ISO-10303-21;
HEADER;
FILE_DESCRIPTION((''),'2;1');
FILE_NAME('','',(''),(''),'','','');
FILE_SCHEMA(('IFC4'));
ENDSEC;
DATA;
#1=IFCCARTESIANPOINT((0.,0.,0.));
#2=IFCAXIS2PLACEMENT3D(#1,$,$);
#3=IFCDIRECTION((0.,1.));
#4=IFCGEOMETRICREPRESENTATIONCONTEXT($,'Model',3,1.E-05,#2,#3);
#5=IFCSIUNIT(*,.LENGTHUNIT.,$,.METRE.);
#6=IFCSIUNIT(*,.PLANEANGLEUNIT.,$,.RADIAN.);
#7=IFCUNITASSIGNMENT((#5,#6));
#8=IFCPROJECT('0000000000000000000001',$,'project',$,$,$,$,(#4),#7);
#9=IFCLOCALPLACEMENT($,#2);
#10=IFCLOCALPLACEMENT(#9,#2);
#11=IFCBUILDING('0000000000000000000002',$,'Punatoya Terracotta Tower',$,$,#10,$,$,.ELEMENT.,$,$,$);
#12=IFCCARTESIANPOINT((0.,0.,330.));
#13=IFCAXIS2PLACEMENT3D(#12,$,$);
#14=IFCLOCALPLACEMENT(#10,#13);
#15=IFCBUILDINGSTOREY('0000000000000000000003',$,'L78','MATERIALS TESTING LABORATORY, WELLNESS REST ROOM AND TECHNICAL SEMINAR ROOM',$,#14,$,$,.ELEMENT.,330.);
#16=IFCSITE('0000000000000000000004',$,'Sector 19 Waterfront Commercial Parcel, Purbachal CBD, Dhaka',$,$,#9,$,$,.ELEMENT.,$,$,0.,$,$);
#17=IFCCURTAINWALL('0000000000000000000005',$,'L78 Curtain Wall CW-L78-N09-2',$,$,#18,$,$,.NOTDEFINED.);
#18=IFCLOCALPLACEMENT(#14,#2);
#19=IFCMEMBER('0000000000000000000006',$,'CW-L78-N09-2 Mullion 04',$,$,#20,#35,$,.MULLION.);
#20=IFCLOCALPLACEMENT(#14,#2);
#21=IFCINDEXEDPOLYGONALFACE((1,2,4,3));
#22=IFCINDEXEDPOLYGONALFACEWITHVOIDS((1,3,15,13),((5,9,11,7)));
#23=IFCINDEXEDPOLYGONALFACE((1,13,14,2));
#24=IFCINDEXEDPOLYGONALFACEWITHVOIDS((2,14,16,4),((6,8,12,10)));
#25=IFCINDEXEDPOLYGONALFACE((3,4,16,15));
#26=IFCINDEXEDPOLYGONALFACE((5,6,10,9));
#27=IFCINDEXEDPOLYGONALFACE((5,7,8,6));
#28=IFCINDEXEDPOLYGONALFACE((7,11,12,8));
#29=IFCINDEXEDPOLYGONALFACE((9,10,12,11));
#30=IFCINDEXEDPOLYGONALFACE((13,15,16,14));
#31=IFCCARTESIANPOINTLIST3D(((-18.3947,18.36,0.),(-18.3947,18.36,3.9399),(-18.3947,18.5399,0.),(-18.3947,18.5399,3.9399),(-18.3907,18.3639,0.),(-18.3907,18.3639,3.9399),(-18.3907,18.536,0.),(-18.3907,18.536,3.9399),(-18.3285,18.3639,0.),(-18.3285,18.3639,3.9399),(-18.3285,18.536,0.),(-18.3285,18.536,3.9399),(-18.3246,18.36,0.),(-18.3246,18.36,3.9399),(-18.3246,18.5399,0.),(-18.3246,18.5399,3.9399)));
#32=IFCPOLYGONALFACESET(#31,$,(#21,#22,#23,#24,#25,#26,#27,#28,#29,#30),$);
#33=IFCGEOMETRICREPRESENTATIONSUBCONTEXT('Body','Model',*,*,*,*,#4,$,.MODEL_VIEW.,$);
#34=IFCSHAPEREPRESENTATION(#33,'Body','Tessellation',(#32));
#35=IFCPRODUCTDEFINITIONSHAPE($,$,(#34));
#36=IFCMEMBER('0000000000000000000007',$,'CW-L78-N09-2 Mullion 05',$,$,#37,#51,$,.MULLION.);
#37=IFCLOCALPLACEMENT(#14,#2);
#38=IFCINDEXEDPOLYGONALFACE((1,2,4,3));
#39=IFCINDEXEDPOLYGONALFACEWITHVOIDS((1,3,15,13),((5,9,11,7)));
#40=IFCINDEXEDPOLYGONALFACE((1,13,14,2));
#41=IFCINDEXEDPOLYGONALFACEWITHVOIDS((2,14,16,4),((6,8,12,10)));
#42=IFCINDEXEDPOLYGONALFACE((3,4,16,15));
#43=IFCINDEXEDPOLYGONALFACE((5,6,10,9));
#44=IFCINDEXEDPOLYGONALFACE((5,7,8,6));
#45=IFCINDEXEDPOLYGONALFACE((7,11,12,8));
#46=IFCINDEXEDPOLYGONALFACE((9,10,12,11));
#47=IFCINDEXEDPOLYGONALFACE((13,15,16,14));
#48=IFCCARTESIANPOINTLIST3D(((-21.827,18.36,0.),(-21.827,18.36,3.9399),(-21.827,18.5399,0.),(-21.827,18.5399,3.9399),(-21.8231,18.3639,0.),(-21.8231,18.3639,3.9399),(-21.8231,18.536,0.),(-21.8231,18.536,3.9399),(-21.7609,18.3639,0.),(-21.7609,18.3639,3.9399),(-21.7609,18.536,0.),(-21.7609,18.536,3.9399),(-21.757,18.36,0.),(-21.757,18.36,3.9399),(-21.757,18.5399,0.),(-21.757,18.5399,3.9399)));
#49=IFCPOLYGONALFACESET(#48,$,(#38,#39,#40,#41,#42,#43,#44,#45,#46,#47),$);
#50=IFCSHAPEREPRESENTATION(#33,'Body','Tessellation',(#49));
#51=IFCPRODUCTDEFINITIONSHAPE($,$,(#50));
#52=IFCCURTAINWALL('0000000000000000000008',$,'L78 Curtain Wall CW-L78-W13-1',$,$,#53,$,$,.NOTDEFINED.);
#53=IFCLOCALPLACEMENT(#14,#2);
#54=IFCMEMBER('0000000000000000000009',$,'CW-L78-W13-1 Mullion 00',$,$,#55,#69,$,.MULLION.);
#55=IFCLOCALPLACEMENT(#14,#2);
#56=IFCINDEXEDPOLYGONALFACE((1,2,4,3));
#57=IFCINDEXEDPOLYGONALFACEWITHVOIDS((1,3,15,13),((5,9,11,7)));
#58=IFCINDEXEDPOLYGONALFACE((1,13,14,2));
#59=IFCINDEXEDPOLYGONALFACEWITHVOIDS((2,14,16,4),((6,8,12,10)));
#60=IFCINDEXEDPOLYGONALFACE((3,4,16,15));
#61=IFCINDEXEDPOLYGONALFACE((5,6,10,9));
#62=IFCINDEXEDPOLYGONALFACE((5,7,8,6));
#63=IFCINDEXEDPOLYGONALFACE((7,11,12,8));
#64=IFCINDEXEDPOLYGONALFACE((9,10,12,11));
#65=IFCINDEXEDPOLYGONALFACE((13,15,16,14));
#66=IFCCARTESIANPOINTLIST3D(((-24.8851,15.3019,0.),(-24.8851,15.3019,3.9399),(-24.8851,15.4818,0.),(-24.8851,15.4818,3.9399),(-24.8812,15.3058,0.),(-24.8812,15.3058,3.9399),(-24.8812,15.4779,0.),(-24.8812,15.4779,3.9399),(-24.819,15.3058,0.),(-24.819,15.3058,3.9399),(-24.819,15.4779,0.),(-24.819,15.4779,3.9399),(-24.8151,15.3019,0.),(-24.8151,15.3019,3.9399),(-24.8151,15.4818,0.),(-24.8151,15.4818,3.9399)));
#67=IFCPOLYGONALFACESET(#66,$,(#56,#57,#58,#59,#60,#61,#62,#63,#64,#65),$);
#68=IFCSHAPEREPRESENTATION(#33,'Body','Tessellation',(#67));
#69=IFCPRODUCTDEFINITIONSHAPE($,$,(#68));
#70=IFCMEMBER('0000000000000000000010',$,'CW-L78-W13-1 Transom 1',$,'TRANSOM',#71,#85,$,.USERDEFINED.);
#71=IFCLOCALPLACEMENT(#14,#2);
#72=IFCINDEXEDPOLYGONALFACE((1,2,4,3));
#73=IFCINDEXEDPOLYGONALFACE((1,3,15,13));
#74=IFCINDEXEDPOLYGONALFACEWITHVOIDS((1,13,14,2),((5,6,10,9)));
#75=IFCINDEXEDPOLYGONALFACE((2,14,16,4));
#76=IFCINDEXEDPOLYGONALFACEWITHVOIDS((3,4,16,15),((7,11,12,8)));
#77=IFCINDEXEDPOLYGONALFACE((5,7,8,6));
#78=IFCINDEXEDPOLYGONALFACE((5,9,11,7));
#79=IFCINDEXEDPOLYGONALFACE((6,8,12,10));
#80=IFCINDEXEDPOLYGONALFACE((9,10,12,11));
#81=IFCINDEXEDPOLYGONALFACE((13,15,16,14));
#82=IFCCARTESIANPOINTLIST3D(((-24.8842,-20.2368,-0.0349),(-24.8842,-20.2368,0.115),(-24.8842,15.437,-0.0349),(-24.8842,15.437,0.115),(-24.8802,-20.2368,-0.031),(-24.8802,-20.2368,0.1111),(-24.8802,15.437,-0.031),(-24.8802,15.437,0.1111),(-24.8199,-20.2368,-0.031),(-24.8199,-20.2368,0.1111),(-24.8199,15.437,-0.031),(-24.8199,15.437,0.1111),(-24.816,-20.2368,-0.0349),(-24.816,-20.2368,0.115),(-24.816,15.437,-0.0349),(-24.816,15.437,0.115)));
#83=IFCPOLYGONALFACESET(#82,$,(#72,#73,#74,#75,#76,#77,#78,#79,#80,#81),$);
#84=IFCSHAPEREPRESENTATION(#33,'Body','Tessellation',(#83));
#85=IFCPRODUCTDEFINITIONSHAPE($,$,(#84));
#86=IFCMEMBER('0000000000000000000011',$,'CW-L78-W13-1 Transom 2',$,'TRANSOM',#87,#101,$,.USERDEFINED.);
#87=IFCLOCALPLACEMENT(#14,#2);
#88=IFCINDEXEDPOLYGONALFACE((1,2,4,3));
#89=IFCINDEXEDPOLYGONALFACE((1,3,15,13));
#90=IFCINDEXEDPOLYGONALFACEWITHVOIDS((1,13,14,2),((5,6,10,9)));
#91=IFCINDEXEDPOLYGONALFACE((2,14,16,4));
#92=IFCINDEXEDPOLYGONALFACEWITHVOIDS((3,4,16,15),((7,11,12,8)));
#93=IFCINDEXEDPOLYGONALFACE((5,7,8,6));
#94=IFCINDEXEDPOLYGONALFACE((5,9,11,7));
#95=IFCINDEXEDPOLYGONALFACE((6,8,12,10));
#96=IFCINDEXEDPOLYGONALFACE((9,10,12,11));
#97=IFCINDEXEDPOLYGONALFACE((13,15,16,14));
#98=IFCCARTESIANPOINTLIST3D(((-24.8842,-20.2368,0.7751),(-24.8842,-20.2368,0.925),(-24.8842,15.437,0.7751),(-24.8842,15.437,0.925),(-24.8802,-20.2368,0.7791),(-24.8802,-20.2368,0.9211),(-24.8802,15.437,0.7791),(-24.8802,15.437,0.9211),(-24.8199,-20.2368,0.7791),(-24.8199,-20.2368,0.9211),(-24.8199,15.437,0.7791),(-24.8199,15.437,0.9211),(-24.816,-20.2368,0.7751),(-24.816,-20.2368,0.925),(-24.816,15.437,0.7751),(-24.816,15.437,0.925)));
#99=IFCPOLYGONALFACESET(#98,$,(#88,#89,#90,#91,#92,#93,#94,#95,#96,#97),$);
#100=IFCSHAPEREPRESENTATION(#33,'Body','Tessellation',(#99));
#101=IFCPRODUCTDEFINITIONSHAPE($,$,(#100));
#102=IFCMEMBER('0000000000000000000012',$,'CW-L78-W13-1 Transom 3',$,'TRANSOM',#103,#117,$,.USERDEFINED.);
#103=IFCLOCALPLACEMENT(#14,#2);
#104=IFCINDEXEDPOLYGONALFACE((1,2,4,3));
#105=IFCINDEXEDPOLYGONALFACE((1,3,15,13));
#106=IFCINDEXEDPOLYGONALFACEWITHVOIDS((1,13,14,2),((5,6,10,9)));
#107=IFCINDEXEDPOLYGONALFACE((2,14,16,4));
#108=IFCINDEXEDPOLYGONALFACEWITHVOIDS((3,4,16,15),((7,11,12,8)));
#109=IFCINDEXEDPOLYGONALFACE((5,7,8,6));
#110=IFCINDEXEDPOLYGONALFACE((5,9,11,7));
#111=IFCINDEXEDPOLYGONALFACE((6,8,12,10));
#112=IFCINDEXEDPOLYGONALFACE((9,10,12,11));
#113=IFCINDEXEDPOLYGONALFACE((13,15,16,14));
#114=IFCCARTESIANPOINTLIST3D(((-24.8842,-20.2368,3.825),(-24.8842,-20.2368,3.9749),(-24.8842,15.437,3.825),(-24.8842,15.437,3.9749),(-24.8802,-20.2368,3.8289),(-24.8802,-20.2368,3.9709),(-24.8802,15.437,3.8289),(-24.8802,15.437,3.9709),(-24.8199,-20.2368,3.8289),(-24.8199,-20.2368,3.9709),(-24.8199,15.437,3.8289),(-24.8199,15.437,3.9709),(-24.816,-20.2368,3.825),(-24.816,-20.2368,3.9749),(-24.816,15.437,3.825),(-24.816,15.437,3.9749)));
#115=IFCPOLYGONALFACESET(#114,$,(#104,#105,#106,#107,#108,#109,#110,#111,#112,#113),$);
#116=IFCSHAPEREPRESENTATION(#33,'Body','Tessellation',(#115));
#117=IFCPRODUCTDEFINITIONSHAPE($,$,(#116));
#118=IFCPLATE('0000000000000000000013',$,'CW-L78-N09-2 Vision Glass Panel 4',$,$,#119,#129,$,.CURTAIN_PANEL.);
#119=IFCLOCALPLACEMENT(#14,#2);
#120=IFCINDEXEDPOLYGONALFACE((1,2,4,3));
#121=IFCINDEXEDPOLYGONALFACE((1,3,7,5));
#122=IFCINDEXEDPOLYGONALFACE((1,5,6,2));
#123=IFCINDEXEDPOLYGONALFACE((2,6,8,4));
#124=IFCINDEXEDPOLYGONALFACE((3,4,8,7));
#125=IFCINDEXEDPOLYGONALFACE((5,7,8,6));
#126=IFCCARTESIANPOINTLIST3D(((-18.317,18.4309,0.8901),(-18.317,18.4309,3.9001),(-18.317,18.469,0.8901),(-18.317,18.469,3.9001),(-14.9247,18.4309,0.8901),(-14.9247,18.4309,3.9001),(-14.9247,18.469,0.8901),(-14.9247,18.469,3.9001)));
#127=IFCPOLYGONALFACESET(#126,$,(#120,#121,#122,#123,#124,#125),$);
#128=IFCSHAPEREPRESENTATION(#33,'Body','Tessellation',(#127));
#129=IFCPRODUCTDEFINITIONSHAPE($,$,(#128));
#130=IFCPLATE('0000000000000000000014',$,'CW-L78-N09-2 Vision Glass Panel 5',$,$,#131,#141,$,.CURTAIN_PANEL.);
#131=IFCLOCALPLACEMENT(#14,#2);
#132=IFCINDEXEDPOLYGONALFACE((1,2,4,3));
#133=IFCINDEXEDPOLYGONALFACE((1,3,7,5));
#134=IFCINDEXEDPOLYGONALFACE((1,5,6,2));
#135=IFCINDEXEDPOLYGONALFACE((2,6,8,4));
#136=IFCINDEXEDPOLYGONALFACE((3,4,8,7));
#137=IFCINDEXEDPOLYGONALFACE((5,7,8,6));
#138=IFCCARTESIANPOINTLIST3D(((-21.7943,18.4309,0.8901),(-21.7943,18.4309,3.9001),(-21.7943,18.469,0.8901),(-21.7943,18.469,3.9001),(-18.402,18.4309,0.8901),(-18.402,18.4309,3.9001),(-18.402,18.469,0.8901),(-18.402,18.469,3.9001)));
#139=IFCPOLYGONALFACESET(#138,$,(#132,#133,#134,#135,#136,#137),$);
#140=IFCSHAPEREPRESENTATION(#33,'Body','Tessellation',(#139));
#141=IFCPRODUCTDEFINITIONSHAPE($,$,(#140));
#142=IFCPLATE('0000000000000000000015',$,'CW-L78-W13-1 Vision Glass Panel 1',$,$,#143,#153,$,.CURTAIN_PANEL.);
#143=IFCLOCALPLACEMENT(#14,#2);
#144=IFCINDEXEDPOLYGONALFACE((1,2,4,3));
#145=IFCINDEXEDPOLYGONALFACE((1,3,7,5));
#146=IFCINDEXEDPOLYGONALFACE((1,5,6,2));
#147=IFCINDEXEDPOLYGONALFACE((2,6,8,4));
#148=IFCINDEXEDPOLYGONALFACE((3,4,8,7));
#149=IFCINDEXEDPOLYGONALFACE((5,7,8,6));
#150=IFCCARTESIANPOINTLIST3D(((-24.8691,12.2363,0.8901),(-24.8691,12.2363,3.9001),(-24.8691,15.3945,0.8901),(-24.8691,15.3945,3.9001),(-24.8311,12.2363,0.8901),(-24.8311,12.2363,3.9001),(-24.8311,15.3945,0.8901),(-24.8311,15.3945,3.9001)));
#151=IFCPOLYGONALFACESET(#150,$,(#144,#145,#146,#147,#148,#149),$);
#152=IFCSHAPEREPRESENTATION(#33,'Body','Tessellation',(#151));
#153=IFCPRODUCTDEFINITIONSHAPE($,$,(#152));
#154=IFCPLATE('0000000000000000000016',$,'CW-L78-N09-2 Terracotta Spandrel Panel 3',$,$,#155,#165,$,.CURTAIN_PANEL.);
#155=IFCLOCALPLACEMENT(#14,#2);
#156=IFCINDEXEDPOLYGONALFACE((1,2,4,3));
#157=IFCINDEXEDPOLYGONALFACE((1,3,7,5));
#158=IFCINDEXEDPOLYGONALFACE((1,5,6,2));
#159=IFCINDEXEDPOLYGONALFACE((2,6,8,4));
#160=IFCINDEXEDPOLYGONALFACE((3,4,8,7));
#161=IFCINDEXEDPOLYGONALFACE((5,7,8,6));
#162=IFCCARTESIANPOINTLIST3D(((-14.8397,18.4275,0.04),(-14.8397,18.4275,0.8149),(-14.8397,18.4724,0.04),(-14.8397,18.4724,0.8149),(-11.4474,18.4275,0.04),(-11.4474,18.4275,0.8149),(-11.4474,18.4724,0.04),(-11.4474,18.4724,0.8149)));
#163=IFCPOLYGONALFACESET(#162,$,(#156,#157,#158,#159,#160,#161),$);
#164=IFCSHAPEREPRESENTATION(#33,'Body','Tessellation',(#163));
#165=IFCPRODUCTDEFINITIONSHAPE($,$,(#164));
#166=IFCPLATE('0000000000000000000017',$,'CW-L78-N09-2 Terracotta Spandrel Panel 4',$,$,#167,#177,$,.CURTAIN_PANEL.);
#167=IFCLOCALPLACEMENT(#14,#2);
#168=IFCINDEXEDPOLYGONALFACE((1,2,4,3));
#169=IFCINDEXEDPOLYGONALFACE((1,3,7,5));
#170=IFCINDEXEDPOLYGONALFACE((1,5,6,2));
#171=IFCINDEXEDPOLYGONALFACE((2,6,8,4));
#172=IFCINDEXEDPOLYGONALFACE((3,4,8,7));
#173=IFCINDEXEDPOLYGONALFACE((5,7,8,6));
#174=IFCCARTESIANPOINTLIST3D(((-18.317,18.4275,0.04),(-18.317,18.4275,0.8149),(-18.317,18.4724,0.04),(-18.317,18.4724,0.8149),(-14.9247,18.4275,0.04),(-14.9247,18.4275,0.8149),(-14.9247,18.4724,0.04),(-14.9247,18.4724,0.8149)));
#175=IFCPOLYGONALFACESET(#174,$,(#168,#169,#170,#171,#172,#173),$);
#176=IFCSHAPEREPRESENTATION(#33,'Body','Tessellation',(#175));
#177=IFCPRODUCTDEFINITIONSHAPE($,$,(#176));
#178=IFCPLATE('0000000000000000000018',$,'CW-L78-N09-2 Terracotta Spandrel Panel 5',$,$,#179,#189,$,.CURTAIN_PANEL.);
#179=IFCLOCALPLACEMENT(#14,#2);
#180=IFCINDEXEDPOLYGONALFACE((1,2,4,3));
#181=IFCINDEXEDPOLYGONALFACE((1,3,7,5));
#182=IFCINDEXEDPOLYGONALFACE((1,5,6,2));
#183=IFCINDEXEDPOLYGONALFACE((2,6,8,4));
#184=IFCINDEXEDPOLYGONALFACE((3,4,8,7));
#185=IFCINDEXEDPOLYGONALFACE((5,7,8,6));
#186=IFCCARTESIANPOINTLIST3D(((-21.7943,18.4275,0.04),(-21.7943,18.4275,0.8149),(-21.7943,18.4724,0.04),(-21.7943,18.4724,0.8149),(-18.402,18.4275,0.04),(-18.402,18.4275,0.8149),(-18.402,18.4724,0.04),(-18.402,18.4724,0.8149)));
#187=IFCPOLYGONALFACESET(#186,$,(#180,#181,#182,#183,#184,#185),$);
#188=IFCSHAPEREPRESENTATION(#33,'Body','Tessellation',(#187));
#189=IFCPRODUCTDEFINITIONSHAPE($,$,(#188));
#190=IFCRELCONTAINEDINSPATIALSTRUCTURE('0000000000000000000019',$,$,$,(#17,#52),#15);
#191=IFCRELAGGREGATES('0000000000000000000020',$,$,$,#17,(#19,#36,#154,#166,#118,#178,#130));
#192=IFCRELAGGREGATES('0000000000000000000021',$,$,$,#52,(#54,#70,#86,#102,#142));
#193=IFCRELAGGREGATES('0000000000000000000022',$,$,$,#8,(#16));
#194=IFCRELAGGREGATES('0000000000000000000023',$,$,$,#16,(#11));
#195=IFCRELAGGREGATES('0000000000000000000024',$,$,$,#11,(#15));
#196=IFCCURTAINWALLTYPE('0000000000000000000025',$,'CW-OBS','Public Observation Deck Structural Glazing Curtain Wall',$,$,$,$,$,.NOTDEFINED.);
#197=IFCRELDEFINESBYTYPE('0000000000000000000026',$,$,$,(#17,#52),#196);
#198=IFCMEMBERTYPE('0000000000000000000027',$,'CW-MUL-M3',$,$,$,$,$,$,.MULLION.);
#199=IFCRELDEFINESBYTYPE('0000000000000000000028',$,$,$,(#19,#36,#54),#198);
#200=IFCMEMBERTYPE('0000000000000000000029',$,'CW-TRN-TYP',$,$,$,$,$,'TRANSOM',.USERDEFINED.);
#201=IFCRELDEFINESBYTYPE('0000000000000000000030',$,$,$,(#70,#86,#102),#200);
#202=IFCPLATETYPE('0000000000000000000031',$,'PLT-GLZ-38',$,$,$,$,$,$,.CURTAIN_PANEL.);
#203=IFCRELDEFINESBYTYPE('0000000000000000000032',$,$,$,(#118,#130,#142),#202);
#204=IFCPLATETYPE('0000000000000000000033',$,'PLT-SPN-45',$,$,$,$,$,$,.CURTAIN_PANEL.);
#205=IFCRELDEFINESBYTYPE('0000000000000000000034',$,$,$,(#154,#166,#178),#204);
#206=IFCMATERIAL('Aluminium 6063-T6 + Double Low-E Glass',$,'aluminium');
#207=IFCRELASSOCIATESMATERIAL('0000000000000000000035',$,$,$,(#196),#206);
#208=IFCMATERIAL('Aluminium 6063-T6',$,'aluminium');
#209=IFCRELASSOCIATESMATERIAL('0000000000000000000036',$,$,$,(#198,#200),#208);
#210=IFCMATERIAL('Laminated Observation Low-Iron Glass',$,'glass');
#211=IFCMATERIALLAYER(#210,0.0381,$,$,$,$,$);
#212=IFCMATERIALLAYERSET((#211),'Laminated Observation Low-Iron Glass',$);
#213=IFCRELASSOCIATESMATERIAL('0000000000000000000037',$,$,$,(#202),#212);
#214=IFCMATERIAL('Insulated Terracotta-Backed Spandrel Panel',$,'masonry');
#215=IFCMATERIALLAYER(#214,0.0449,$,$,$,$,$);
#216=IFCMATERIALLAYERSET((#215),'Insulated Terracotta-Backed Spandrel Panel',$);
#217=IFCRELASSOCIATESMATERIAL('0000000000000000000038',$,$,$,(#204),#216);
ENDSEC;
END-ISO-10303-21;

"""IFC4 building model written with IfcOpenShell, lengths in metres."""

from ifc_helpers import new_model, si_unit, direction, frame, origin, origin_2d, place, context, subcontext, project, spatial, rectangle, hollow_rectangle, extrude, material, layer, layer_set, material_profile, profile_set, type_object, element, aggregate, save


model = new_model("IFC4")

# Units and contexts
model_context = context("Model", 3, precision=1e-05, world=origin(), true_north=direction((0.0, 1.0)))
body_context = subcontext(model_context, "Body", "Model", "MODEL_VIEW")
ifc_project = project(units=[si_unit("LENGTHUNIT", "METRE"), si_unit("PLANEANGLEUNIT", "RADIAN")], contexts=[model_context])

# Site, building, storey
site_placement = place(None, origin())
site = spatial("IfcSite", under=ifc_project, at=site_placement, Name="Sector 19 Waterfront Commercial Parcel, Purbachal CBD, Dhaka", CompositionType="ELEMENT", RefElevation=0.0)
building_placement = place(site_placement, origin())
building = spatial("IfcBuilding", under=site, at=building_placement, Name="Punatoya Terracotta Tower", CompositionType="ELEMENT")
storey_placement = place(building_placement, frame((0.0, 0.0, 330.0)))
storey = spatial("IfcBuildingStorey", under=building, at=storey_placement, Name="L78", Description="MATERIALS TESTING LABORATORY, WELLNESS REST ROOM AND TECHNICAL SEMINAR ROOM", CompositionType="ELEMENT", Elevation=330.0)

# Curtain walls, members
ifc_material_1 = material(Name="Aluminium 6063-T6 + Double Low-E Glass", Category="aluminium")
curtain_wall_type = type_object("IfcCurtainWallType", Name="CW-OBS", Description="Public Observation Deck Structural Glazing Curtain Wall", PredefinedType="NOTDEFINED", material=ifc_material_1)
curtain_wall_1_placement = place(storey_placement, origin())
curtain_wall_1 = element("IfcCurtainWall", 1, at=curtain_wall_1_placement, inside=storey, type_object=curtain_wall_type, Name="L78 Curtain Wall CW-L78-N09-2", PredefinedType="NOTDEFINED")
ifc_material_2 = material(Name="Aluminium 6063-T6", Category="aluminium")
ifc_material_profile_1 = material_profile(ifc_material_2, hollow_rectangle(XDim=0.0701, YDim=0.1799, WallThickness=0.0039, at=origin_2d()))
ifc_profile_set_1 = profile_set([ifc_material_profile_1], Name="Aluminium 6063-T6")
member_type_1 = type_object("IfcMemberType", Name="CW-MUL-M3", PredefinedType="MULLION", material=ifc_profile_set_1)
member_1_placement = place(storey_placement, frame((-18.3596, 18.45, 0.0), z_axis=(0.0, 0.0, 1.0), x_axis=(1.0, 0.0, 0.0)))
member_1 = element("IfcMember", 2, at=member_1_placement, type_object=member_type_1, Name="CW-L78-N09-2 Mullion 04", PredefinedType="MULLION", context=body_context, shape_type="SweptSolid", body=[
    extrude(hollow_rectangle(XDim=0.0701, YDim=0.1799, WallThickness=0.0039, at=origin_2d()), origin(), (0.0, 0.0, 1.0), 3.9399),
])
member_2_placement = place(storey_placement, frame((-21.792, 18.45, 0.0), z_axis=(0.0, 0.0, 1.0), x_axis=(1.0, 0.0, 0.0)))
member_2 = element("IfcMember", 3, at=member_2_placement, type_object=member_type_1, Name="CW-L78-N09-2 Mullion 05", PredefinedType="MULLION", context=body_context, shape_type="SweptSolid", body=[
    extrude(hollow_rectangle(XDim=0.0701, YDim=0.1799, WallThickness=0.0039, at=origin_2d()), origin(), (0.0, 0.0, 1.0), 3.9399),
])
curtain_wall_2_placement = place(storey_placement, origin())
curtain_wall_2 = element("IfcCurtainWall", 4, at=curtain_wall_2_placement, inside=storey, type_object=curtain_wall_type, Name="L78 Curtain Wall CW-L78-W13-1", PredefinedType="NOTDEFINED")
member_3_placement = place(storey_placement, frame((-24.8501, 15.3918, 0.0), z_axis=(0.0, 0.0, 1.0), x_axis=(1.0, 0.0, 0.0)))
member_3 = element("IfcMember", 5, at=member_3_placement, type_object=member_type_1, Name="CW-L78-W13-1 Mullion 00", PredefinedType="MULLION", context=body_context, shape_type="SweptSolid", body=[
    extrude(hollow_rectangle(XDim=0.0701, YDim=0.1799, WallThickness=0.0039, at=origin_2d()), origin(), (0.0, 0.0, 1.0), 3.9399),
])
ifc_material_profile_2 = material_profile(ifc_material_2, hollow_rectangle(XDim=0.0681, YDim=0.1499, WallThickness=0.0039, at=origin_2d()))
ifc_profile_set_2 = profile_set([ifc_material_profile_2], Name="Aluminium 6063-T6")
member_type_2 = type_object("IfcMemberType", Name="CW-TRN-TYP", ElementType="TRANSOM", PredefinedType="USERDEFINED", material=ifc_profile_set_2)
member_4_placement = place(storey_placement, frame((-24.8501, 15.437, 0.04), z_axis=(0.0, -1.0, 0.0), x_axis=(1.0, 0.0, 0.0)))
member_4 = element("IfcMember", 6, at=member_4_placement, type_object=member_type_2, Name="CW-L78-W13-1 Transom 1", ObjectType="TRANSOM", PredefinedType="USERDEFINED", context=body_context, shape_type="SweptSolid", body=[
    extrude(hollow_rectangle(XDim=0.0681, YDim=0.1499, WallThickness=0.0039, at=origin_2d()), origin(), (0.0, 0.0, 1.0), 35.6738),
])
member_5_placement = place(storey_placement, frame((-24.8501, 15.437, 0.8501), z_axis=(0.0, -1.0, 0.0), x_axis=(1.0, 0.0, 0.0)))
member_5 = element("IfcMember", 7, at=member_5_placement, type_object=member_type_2, Name="CW-L78-W13-1 Transom 2", ObjectType="TRANSOM", PredefinedType="USERDEFINED", context=body_context, shape_type="SweptSolid", body=[
    extrude(hollow_rectangle(XDim=0.0681, YDim=0.1499, WallThickness=0.0039, at=origin_2d()), origin(), (0.0, 0.0, 1.0), 35.6738),
])
member_6_placement = place(storey_placement, frame((-24.8501, 15.437, 3.8999), z_axis=(0.0, -1.0, 0.0), x_axis=(1.0, 0.0, 0.0)))
member_6 = element("IfcMember", 8, at=member_6_placement, type_object=member_type_2, Name="CW-L78-W13-1 Transom 3", ObjectType="TRANSOM", PredefinedType="USERDEFINED", context=body_context, shape_type="SweptSolid", body=[
    extrude(hollow_rectangle(XDim=0.0681, YDim=0.1499, WallThickness=0.0039, at=origin_2d()), origin(), (0.0, 0.0, 1.0), 35.6738),
])

# Plates
ifc_material_3 = material(Name="Laminated Observation Low-Iron Glass", Category="glass")
ifc_layer_1 = layer(ifc_material_3, 0.0381)
ifc_layer_set_1 = layer_set([ifc_layer_1], Name="Laminated Observation Low-Iron Glass")
plate_type_1 = type_object("IfcPlateType", Name="PLT-GLZ-38", PredefinedType="CURTAIN_PANEL", material=ifc_layer_set_1)
plate_1_placement = place(storey_placement, frame((-16.6208, 18.45, 0.8901), z_axis=(0.0, 0.0, 1.0), x_axis=(-1.0, 0.0, 0.0)))
plate_1 = element("IfcPlate", 9, at=plate_1_placement, type_object=plate_type_1, Name="CW-L78-N09-2 Vision Glass Panel 4", PredefinedType="CURTAIN_PANEL", context=body_context, shape_type="SweptSolid", body=[
    extrude(rectangle(XDim=3.3923, YDim=0.0381, at=origin_2d()), origin(), (0.0, 0.0, 1.0), 3.01),
])
plate_2_placement = place(storey_placement, frame((-20.0981, 18.45, 0.8901), z_axis=(0.0, 0.0, 1.0), x_axis=(-1.0, 0.0, 0.0)))
plate_2 = element("IfcPlate", 10, at=plate_2_placement, type_object=plate_type_1, Name="CW-L78-N09-2 Vision Glass Panel 5", PredefinedType="CURTAIN_PANEL", context=body_context, shape_type="SweptSolid", body=[
    extrude(rectangle(XDim=3.3923, YDim=0.0381, at=origin_2d()), origin(), (0.0, 0.0, 1.0), 3.01),
])
plate_3_placement = place(storey_placement, frame((-24.8501, 13.8154, 0.8901), z_axis=(0.0, 0.0, 1.0), x_axis=(0.0, -1.0, 0.0)))
plate_3 = element("IfcPlate", 11, at=plate_3_placement, type_object=plate_type_1, Name="CW-L78-W13-1 Vision Glass Panel 1", PredefinedType="CURTAIN_PANEL", context=body_context, shape_type="SweptSolid", body=[
    extrude(rectangle(XDim=3.1582, YDim=0.0381, at=origin_2d()), origin(), (0.0, 0.0, 1.0), 3.01),
])
ifc_material_4 = material(Name="Insulated Terracotta-Backed Spandrel Panel", Category="masonry")
ifc_layer_2 = layer(ifc_material_4, 0.0449)
ifc_layer_set_2 = layer_set([ifc_layer_2], Name="Insulated Terracotta-Backed Spandrel Panel")
plate_type_2 = type_object("IfcPlateType", Name="PLT-SPN-45", PredefinedType="CURTAIN_PANEL", material=ifc_layer_set_2)
plate_4_placement = place(storey_placement, frame((-13.1436, 18.45, 0.04), z_axis=(0.0, 0.0, 1.0), x_axis=(-1.0, 0.0, 0.0)))
plate_4 = element("IfcPlate", 12, at=plate_4_placement, type_object=plate_type_2, Name="CW-L78-N09-2 Terracotta Spandrel Panel 3", PredefinedType="CURTAIN_PANEL", context=body_context, shape_type="SweptSolid", body=[
    extrude(rectangle(XDim=3.3923, YDim=0.0449, at=origin_2d()), origin(), (0.0, 0.0, 1.0), 0.7749),
])
plate_5_placement = place(storey_placement, frame((-16.6208, 18.45, 0.04), z_axis=(0.0, 0.0, 1.0), x_axis=(-1.0, 0.0, 0.0)))
plate_5 = element("IfcPlate", 13, at=plate_5_placement, type_object=plate_type_2, Name="CW-L78-N09-2 Terracotta Spandrel Panel 4", PredefinedType="CURTAIN_PANEL", context=body_context, shape_type="SweptSolid", body=[
    extrude(rectangle(XDim=3.3923, YDim=0.0449, at=origin_2d()), origin(), (0.0, 0.0, 1.0), 0.7749),
])
plate_6_placement = place(storey_placement, frame((-20.0981, 18.45, 0.04), z_axis=(0.0, 0.0, 1.0), x_axis=(-1.0, 0.0, 0.0)))
plate_6 = element("IfcPlate", 14, at=plate_6_placement, type_object=plate_type_2, Name="CW-L78-N09-2 Terracotta Spandrel Panel 5", PredefinedType="CURTAIN_PANEL", context=body_context, shape_type="SweptSolid", body=[
    extrude(rectangle(XDim=3.3923, YDim=0.0449, at=origin_2d()), origin(), (0.0, 0.0, 1.0), 0.7749),
])
aggregate(curtain_wall_1, [member_1, member_2, plate_4, plate_5, plate_1, plate_6, plate_2])
aggregate(curtain_wall_2, [member_3, member_4, member_5, member_6, plate_3])

save(model, "model.ifc")
